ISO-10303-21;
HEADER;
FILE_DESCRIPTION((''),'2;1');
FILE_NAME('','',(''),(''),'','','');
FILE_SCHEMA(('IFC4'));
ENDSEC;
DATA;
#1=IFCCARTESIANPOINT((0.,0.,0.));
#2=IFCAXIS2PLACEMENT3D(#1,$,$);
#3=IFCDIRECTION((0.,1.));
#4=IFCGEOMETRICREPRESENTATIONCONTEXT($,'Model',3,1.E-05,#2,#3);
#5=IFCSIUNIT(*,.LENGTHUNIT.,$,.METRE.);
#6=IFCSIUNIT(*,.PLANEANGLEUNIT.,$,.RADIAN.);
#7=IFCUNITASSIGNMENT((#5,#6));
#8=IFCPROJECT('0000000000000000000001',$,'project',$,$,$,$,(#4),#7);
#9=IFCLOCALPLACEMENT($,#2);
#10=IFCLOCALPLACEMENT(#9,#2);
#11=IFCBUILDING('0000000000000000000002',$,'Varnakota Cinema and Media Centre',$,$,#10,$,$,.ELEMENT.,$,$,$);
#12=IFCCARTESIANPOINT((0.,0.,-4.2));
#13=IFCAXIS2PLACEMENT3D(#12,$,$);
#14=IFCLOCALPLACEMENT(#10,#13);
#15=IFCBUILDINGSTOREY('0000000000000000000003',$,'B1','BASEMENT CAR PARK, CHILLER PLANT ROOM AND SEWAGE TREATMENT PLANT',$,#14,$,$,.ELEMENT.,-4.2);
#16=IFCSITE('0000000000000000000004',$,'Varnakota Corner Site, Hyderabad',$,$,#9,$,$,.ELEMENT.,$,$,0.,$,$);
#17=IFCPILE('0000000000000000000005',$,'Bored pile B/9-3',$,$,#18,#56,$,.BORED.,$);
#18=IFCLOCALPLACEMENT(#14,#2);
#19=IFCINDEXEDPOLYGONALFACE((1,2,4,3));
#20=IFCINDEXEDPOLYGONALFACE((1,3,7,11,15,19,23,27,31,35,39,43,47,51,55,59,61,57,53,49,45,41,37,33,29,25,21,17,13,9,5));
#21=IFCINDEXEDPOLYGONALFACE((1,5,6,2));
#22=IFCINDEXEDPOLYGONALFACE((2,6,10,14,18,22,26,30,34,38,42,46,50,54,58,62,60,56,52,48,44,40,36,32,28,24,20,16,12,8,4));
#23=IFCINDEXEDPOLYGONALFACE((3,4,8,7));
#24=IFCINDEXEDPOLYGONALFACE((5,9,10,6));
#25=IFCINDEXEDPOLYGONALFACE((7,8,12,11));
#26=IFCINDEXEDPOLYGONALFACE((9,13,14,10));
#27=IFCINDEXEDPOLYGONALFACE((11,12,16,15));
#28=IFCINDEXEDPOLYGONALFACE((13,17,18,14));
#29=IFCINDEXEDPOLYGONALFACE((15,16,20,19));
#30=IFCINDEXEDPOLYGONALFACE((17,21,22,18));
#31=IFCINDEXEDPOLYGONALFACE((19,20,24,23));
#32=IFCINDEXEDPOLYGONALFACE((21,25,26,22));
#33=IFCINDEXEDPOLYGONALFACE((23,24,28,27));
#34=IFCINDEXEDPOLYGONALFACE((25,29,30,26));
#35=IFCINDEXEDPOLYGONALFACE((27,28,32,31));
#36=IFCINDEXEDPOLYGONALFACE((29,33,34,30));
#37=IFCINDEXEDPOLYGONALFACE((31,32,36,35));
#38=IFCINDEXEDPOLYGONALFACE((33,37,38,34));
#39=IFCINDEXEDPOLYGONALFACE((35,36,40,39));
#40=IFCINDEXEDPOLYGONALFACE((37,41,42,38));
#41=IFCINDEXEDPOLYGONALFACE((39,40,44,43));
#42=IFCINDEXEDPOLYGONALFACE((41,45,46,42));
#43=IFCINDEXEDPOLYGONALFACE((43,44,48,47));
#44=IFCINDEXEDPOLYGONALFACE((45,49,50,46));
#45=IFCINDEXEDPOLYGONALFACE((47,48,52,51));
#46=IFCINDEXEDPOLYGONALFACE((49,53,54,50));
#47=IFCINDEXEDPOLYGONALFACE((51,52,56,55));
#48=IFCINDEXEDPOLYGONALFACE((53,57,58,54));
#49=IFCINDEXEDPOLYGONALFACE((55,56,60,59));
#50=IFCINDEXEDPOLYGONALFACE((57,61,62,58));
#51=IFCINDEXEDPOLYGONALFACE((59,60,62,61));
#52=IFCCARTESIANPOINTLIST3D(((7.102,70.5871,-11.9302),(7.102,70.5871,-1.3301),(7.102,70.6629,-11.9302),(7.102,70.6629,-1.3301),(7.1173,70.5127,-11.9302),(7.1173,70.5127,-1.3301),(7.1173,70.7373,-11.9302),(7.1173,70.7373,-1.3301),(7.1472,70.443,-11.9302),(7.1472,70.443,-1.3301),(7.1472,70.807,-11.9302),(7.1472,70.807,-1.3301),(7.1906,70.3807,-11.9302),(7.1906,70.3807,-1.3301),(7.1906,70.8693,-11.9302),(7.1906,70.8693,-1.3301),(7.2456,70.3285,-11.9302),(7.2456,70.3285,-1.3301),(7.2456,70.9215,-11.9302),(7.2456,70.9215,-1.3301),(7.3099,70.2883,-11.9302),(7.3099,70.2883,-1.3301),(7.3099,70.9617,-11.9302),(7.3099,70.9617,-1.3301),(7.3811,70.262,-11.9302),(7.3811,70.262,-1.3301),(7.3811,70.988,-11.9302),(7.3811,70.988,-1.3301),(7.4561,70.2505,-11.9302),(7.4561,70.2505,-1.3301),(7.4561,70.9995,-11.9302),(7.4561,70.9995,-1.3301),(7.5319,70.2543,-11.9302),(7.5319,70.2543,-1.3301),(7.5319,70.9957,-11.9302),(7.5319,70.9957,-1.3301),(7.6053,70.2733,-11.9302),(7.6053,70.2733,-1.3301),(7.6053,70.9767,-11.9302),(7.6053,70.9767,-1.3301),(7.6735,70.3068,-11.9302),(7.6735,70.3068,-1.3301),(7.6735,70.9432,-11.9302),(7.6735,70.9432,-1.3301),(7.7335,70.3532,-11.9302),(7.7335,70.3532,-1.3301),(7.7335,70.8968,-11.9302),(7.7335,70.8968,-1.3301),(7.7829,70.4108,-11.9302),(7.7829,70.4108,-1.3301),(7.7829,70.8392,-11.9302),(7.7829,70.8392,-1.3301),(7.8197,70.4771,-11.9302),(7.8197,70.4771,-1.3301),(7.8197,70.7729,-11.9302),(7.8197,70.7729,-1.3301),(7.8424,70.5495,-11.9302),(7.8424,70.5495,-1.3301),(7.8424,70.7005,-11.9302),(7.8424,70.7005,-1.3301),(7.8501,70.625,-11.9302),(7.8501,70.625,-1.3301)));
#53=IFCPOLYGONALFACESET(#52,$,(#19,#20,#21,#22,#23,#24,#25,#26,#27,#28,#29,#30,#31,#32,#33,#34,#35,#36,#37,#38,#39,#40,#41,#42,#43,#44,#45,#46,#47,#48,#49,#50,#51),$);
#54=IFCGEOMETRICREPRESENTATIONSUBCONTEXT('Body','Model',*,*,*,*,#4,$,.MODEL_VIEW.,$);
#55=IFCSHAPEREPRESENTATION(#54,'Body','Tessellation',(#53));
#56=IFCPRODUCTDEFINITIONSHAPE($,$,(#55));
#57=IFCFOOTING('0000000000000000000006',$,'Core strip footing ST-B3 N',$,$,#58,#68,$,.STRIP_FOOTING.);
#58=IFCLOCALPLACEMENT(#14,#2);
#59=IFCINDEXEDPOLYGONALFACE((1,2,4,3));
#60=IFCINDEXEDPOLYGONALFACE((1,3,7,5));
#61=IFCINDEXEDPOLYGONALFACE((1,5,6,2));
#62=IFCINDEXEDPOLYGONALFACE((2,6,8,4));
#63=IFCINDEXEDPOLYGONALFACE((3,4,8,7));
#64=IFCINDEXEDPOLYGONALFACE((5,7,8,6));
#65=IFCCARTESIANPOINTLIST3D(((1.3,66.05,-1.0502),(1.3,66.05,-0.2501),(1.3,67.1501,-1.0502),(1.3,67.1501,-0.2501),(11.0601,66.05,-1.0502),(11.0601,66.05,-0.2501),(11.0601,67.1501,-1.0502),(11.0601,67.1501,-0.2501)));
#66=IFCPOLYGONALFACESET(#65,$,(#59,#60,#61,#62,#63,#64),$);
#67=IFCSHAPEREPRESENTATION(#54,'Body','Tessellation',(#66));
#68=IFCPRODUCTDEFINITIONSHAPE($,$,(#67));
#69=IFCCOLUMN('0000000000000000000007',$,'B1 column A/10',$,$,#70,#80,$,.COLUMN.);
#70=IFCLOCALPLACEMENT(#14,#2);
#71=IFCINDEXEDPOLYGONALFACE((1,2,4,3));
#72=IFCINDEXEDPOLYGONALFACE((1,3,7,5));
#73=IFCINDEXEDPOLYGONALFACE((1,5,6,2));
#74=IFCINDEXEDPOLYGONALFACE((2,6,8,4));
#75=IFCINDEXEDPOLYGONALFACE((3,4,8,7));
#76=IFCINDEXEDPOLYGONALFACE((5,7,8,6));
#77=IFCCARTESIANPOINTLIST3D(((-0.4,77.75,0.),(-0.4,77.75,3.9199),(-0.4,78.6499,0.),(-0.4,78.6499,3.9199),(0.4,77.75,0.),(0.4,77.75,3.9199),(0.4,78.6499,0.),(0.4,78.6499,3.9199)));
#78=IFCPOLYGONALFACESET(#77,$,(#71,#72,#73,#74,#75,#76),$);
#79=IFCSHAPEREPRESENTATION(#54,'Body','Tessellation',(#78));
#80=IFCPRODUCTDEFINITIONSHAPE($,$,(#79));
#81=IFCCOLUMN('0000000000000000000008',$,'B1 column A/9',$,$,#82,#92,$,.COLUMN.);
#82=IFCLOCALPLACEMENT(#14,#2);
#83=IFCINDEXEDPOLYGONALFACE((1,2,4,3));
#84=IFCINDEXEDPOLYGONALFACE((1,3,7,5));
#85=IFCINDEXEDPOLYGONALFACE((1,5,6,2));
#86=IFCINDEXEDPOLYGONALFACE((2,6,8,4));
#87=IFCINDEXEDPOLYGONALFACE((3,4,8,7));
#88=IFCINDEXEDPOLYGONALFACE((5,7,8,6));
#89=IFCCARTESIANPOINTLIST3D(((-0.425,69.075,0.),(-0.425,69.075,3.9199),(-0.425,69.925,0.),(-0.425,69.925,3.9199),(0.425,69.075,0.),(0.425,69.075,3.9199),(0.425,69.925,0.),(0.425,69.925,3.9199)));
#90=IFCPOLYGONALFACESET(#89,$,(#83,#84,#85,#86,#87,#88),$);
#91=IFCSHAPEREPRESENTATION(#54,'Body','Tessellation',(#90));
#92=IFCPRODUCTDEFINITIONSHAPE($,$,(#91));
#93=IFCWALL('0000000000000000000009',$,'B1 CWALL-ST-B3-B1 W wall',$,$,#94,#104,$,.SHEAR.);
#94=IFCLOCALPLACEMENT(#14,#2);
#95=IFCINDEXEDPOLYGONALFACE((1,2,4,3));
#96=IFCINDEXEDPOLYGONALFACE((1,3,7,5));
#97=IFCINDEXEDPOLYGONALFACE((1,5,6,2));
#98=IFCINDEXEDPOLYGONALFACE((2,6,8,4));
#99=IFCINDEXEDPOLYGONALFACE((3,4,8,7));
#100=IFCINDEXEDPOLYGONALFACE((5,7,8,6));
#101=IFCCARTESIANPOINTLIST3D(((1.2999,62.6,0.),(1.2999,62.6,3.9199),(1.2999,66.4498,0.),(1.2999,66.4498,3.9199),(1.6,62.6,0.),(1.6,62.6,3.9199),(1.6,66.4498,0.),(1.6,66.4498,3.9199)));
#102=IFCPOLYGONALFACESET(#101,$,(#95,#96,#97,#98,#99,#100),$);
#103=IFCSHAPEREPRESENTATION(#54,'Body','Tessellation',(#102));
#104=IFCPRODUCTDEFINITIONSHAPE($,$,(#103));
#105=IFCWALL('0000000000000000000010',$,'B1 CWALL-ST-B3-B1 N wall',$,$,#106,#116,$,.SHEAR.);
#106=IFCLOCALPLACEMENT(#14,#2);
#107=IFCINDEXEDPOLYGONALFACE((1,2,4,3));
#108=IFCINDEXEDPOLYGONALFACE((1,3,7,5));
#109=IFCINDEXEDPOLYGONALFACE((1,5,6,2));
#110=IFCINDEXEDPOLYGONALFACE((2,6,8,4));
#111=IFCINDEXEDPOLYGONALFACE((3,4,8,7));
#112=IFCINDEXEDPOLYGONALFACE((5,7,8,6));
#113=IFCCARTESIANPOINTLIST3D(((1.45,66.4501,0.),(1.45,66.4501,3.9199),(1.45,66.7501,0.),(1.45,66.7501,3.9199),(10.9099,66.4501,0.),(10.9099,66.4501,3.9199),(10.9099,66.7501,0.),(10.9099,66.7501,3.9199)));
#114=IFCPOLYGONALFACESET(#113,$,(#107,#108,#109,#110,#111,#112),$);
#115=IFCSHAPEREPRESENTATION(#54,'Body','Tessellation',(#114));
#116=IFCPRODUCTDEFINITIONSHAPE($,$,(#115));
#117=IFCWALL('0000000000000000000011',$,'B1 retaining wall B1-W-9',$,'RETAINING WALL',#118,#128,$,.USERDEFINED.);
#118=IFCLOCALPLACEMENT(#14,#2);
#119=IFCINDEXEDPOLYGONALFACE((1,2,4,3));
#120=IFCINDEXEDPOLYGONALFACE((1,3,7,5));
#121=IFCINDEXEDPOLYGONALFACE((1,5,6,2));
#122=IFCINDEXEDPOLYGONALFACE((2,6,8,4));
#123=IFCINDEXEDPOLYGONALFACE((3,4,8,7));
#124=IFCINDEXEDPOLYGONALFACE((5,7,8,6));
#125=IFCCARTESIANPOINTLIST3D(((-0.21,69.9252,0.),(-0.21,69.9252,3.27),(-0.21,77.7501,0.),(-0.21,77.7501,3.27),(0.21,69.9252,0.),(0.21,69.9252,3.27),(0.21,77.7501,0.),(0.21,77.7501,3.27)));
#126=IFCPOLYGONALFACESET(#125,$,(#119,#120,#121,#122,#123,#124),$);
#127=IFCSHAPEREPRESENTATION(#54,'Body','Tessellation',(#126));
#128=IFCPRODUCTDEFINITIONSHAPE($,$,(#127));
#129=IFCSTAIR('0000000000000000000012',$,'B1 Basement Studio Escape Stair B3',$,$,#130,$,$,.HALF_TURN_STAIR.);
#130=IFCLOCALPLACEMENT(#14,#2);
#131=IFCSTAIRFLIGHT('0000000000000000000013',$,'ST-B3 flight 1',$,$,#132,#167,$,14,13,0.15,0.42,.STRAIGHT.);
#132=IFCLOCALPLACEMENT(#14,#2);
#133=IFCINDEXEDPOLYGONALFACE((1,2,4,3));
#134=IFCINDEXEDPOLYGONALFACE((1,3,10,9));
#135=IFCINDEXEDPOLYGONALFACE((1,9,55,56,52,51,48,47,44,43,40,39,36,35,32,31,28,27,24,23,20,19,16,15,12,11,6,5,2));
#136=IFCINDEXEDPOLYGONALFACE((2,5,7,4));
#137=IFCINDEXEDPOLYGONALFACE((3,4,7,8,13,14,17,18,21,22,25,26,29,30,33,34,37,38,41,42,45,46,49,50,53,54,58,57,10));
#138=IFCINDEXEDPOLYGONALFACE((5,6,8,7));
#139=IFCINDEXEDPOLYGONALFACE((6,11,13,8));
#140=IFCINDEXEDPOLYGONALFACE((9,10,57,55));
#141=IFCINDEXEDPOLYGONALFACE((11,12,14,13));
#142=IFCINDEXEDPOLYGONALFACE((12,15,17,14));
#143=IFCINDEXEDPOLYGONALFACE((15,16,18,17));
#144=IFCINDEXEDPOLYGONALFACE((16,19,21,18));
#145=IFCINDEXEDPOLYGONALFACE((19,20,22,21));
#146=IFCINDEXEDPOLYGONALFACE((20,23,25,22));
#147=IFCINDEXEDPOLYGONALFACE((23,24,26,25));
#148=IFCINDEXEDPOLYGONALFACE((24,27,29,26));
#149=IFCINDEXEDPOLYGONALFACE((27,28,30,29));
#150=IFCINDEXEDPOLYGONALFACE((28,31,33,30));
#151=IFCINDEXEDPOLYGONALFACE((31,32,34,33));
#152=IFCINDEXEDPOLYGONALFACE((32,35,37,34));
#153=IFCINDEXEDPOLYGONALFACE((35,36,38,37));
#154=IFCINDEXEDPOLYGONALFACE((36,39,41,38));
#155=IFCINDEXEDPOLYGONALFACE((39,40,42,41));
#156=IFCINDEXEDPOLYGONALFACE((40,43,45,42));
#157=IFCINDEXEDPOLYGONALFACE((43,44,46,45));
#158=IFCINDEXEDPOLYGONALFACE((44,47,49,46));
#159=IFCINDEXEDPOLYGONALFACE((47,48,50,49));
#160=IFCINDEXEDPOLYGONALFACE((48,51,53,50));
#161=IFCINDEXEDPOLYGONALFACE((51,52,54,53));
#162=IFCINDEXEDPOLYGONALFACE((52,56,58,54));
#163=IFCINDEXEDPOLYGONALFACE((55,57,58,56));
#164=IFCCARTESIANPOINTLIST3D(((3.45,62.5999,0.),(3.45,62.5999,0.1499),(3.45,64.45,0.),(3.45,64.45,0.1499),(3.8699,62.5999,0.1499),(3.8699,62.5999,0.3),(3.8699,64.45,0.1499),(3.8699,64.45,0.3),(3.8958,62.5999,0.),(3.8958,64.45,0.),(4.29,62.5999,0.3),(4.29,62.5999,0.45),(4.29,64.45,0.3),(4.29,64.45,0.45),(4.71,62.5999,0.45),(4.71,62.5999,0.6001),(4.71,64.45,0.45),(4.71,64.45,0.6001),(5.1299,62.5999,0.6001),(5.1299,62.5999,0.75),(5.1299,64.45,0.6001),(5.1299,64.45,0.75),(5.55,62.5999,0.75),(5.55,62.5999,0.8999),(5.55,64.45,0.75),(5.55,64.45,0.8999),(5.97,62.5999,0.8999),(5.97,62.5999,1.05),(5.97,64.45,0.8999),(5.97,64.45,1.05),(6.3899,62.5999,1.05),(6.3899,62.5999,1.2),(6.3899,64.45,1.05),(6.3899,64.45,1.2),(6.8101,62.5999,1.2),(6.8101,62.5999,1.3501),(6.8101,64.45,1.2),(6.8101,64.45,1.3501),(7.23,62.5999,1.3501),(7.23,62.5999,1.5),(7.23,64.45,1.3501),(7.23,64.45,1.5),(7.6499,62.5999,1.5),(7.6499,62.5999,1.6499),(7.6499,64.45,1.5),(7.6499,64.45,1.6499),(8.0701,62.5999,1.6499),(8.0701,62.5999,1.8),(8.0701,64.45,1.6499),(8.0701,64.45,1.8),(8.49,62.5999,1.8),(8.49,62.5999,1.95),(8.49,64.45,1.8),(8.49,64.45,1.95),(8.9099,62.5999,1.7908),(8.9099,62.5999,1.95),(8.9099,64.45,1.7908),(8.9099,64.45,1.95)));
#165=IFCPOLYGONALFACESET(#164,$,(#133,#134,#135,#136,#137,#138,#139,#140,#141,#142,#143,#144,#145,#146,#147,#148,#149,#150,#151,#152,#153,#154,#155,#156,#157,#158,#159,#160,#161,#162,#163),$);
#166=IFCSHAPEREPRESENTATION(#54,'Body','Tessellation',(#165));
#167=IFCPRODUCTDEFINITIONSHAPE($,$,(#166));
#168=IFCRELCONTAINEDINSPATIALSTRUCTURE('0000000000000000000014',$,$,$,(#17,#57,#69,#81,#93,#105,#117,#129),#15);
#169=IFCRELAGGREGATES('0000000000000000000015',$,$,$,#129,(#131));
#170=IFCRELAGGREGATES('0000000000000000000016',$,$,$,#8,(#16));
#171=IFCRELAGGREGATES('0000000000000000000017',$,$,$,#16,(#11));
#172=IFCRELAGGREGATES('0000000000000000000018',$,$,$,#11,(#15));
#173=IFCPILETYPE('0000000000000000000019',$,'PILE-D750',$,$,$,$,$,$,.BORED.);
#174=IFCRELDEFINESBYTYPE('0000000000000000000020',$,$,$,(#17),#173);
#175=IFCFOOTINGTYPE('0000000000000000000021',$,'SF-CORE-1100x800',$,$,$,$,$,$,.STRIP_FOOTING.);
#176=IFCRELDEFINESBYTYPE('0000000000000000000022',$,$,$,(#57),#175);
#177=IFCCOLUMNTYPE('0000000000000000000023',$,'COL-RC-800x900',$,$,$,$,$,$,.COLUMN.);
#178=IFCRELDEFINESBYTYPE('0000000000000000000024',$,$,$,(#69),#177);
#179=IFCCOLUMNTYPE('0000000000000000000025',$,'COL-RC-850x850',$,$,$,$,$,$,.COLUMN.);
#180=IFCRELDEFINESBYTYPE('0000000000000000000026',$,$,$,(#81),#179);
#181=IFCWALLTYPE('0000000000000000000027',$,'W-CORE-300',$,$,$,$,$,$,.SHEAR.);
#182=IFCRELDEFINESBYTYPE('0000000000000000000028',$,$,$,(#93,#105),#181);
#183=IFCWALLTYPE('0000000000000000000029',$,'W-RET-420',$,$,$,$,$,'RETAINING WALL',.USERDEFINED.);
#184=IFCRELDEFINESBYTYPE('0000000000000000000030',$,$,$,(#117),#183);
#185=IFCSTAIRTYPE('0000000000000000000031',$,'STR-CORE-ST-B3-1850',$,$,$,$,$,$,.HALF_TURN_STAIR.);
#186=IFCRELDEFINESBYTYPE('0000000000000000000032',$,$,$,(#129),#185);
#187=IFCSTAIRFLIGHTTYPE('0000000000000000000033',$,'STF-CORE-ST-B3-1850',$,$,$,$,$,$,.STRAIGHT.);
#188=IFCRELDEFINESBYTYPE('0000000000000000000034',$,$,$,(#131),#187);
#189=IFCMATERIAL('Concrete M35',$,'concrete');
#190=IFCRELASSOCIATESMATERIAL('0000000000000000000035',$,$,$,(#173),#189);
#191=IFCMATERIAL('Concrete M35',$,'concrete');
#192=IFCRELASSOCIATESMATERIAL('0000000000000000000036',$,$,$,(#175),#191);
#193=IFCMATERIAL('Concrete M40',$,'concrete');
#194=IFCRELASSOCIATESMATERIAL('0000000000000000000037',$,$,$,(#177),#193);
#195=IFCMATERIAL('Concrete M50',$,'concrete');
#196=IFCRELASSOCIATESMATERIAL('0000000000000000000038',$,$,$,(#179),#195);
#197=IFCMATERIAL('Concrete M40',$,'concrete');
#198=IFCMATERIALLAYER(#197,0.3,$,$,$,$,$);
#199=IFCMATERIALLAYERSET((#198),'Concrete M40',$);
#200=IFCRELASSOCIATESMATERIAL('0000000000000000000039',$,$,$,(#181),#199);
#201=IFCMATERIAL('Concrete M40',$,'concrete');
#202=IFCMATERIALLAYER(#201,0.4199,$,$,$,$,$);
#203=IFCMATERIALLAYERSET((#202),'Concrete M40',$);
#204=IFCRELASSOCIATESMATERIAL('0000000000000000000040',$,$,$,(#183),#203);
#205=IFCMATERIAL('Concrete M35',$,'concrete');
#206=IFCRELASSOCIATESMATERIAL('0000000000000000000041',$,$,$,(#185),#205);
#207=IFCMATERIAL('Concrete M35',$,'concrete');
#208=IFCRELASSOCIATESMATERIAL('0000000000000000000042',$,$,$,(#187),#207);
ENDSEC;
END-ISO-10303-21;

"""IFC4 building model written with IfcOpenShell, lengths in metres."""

from ifc_helpers import new_model, si_unit, direction, frame, frame_2d, origin, origin_2d, place, context, subcontext, project, spatial, polyline, rectangle, circle, outline, extrude, material, layer, layer_set, material_profile, profile_set, type_object, element, aggregate, save


model = new_model("IFC4")

# Units and contexts
model_context = context("Model", 3, precision=1e-05, world=origin(), true_north=direction((0.0, 1.0)))
body_context = subcontext(model_context, "Body", "Model", "MODEL_VIEW")
ifc_project = project(units=[si_unit("LENGTHUNIT", "METRE"), si_unit("PLANEANGLEUNIT", "RADIAN")], contexts=[model_context])

# Site, building, storey
site_placement = place(None, origin())
site = spatial("IfcSite", under=ifc_project, at=site_placement, Name="Varnakota Corner Site, Hyderabad", CompositionType="ELEMENT", RefElevation=0.0)
building_placement = place(site_placement, origin())
building = spatial("IfcBuilding", under=site, at=building_placement, Name="Varnakota Cinema and Media Centre", CompositionType="ELEMENT")
storey_placement = place(building_placement, frame((0.0, 0.0, -4.2)))
storey = spatial("IfcBuildingStorey", under=building, at=storey_placement, Name="B1", Description="BASEMENT CAR PARK, CHILLER PLANT ROOM AND SEWAGE TREATMENT PLANT", CompositionType="ELEMENT", Elevation=-4.2)

# Pile
ifc_material_1 = material(Name="Concrete M35", Category="concrete")
ifc_material_profile_1 = material_profile(ifc_material_1, circle(Radius=0.375, at=origin_2d()), Name="PILE D750")
ifc_profile_set_1 = profile_set([ifc_material_profile_1], Name="Concrete M35")
pile_type_1 = type_object("IfcPileType", Name="PILE-D750", PredefinedType="BORED", material=ifc_profile_set_1)
for number, where, z_axis, x_axis, name in (
    (1, (7.4751, 70.625, -1.3301), (0.0, 0.0, -1.0), (1.0, 0.0, 0.0), "Bored pile B/9-3"),
):
    element("IfcPile", number, at=place(storey_placement, frame(where, z_axis=z_axis, x_axis=x_axis)), inside=storey, type_object=pile_type_1, Name=name, PredefinedType="BORED", context=body_context, shape_type="SweptSolid", body=[
        extrude(circle(Radius=0.375, at=origin_2d()), origin(), (0.0, 0.0, 1.0), 10.6001),
    ])

# Footing
ifc_material_2 = material(Name="Concrete M35", Category="concrete")
ifc_material_profile_2 = material_profile(ifc_material_2, rectangle(XDim=1.1001, YDim=0.8, at=origin_2d()), Name="SF 1100x800")
ifc_profile_set_2 = profile_set([ifc_material_profile_2], Name="Concrete M35")
footing_type_1 = type_object("IfcFootingType", Name="SF-CORE-1100x800", PredefinedType="STRIP_FOOTING", material=ifc_profile_set_2)
footing_1_placement = place(storey_placement, frame((1.3, 66.6001, -0.6501), z_axis=(1.0, 0.0, 0.0), x_axis=(0.0, 1.0, 0.0)))
element("IfcFooting", 2, at=footing_1_placement, inside=storey, type_object=footing_type_1, Name="Core strip footing ST-B3 N", PredefinedType="STRIP_FOOTING", context=body_context, shape_type="SweptSolid", body=[
    extrude(rectangle(XDim=1.1001, YDim=0.8, at=origin_2d()), origin(), (0.0, 0.0, 1.0), 9.76),
])

# Columns
ifc_material_3 = material(Name="Concrete M40", Category="concrete")
ifc_material_profile_3 = material_profile(ifc_material_3, rectangle(XDim=0.8, YDim=0.8999, at=origin_2d()), Name="RC 800x900")
ifc_profile_set_3 = profile_set([ifc_material_profile_3], Name="Concrete M40")
column_type_1 = type_object("IfcColumnType", Name="COL-RC-800x900", PredefinedType="COLUMN", material=ifc_profile_set_3)
column_1_placement = place(storey_placement, frame((0.0, 78.2, 0.0), z_axis=(0.0, 0.0, 1.0), x_axis=(1.0, 0.0, 0.0)))
element("IfcColumn", 3, at=column_1_placement, inside=storey, type_object=column_type_1, Name="B1 column A/10", PredefinedType="COLUMN", context=body_context, shape_type="SweptSolid", body=[
    extrude(rectangle(XDim=0.8, YDim=0.8999, at=origin_2d()), origin(), (0.0, 0.0, 1.0), 3.9199),
])
ifc_material_4 = material(Name="Concrete M50", Category="concrete")
ifc_material_profile_4 = material_profile(ifc_material_4, rectangle(XDim=0.8501, YDim=0.8501, at=origin_2d()), Name="RC 850x850")
ifc_profile_set_4 = profile_set([ifc_material_profile_4], Name="Concrete M50")
column_type_2 = type_object("IfcColumnType", Name="COL-RC-850x850", PredefinedType="COLUMN", material=ifc_profile_set_4)
column_2_placement = place(storey_placement, frame((0.0, 69.5, 0.0), z_axis=(0.0, 0.0, 1.0), x_axis=(1.0, 0.0, 0.0)))
element("IfcColumn", 4, at=column_2_placement, inside=storey, type_object=column_type_2, Name="B1 column A/9", PredefinedType="COLUMN", context=body_context, shape_type="SweptSolid", body=[
    extrude(rectangle(XDim=0.8501, YDim=0.8501, at=origin_2d()), origin(), (0.0, 0.0, 1.0), 3.9199),
])

# Walls
ifc_material_5 = material(Name="Concrete M40", Category="concrete")
ifc_layer_1 = layer(ifc_material_5, 0.3)
ifc_layer_set_1 = layer_set([ifc_layer_1], Name="Concrete M40")
wall_type_1 = type_object("IfcWallType", Name="W-CORE-300", PredefinedType="SHEAR", material=ifc_layer_set_1)
wall_1_placement = place(storey_placement, frame((1.45, 62.6001, 0.0), z_axis=(0.0, 0.0, 1.0), x_axis=(0.0, 1.0, 0.0)))
element("IfcWall", 5, at=wall_1_placement, inside=storey, type_object=wall_type_1, Name="B1 CWALL-ST-B3-B1 W wall", PredefinedType="SHEAR", context=body_context, shape_type="SweptSolid", body=[
    extrude(rectangle(XDim=3.8499, YDim=0.3, at=frame_2d((1.9248, 0.0))), origin(), (0.0, 0.0, 1.0), 3.9199),
])
wall_2_placement = place(storey_placement, frame((1.45, 66.6001, 0.0), z_axis=(0.0, 0.0, 1.0), x_axis=(1.0, 0.0, 0.0)))
element("IfcWall", 6, at=wall_2_placement, inside=storey, type_object=wall_type_1, Name="B1 CWALL-ST-B3-B1 N wall", PredefinedType="SHEAR", context=body_context, shape_type="SweptSolid", body=[
    extrude(rectangle(XDim=9.46, YDim=0.3, at=frame_2d((4.73, 0.0))), origin(), (0.0, 0.0, 1.0), 3.9199),
])
ifc_material_6 = material(Name="Concrete M40", Category="concrete")
ifc_layer_2 = layer(ifc_material_6, 0.4199)
ifc_layer_set_2 = layer_set([ifc_layer_2], Name="Concrete M40")
wall_type_2 = type_object("IfcWallType", Name="W-RET-420", ElementType="RETAINING WALL", PredefinedType="USERDEFINED", material=ifc_layer_set_2)
wall_3_placement = place(storey_placement, frame((0.0, 69.925, 0.0), z_axis=(0.0, 0.0, 1.0), x_axis=(0.0, 1.0, 0.0)))
element("IfcWall", 7, at=wall_3_placement, inside=storey, type_object=wall_type_2, Name="B1 retaining wall B1-W-9", ObjectType="RETAINING WALL", PredefinedType="USERDEFINED", context=body_context, shape_type="SweptSolid", body=[
    extrude(rectangle(XDim=7.825, YDim=0.4199, at=frame_2d((3.9126, 0.0))), origin(), (0.0, 0.0, 1.0), 3.27),
])

# Stair, stair flight
ifc_material_7 = material(Name="Concrete M35", Category="concrete")
stair_type = type_object("IfcStairType", Name="STR-CORE-ST-B3-1850", PredefinedType="HALF_TURN_STAIR", material=ifc_material_7)
stair_placement = place(storey_placement, origin())
stair = element("IfcStair", 8, at=stair_placement, inside=storey, type_object=stair_type, Name="B1 Basement Studio Escape Stair B3", PredefinedType="HALF_TURN_STAIR")
ifc_material_8 = material(Name="Concrete M35", Category="concrete")
stair_flight_type = type_object("IfcStairFlightType", Name="STF-CORE-ST-B3-1850", PredefinedType="STRAIGHT", material=ifc_material_8)
stair_flight_placement = place(storey_placement, frame((3.45, 63.5249, 0.0), z_axis=(0.0, 0.0, 1.0), x_axis=(1.0, 0.0, 0.0)))
stair_flight = element("IfcStairFlight", 9, at=stair_flight_placement, type_object=stair_flight_type, Name="ST-B3 flight 1", NumberOfRisers=14, NumberOfTreads=13, PredefinedType="STRAIGHT", RiserHeight=0.15, TreadLength=0.42, context=body_context, shape_type="SweptSolid", body=[
    extrude(outline(polyline([(0.0, 0.0), (0.0, 0.1499), (0.4199, 0.1499), (0.4199, 0.3), (0.8401, 0.3), (0.8401, 0.45), (1.26, 0.45), (1.26, 0.6001), (1.6799, 0.6001), (1.6799, 0.75), (2.1001, 0.75), (2.1001, 0.8999), (2.52, 0.8999), (2.52, 1.05), (2.9399, 1.05), (2.9399, 1.2), (3.3601, 1.2), (3.3601, 1.3501), (3.78, 1.3501), (3.78, 1.5), (4.2, 1.5), (4.2, 1.6499), (4.6201, 1.6499), (4.6201, 1.8), (5.04, 1.8), (5.04, 1.95), (5.46, 1.95), (5.46, 2.1001), (5.46, 1.7908), (0.4458, 0.0), (0.0, 0.0)])), frame((0.0, 0.925, 0.0), z_axis=(0.0, -1.0, 0.0), x_axis=(1.0, 0.0, 0.0)), (0.0, 0.0, 1.0), 1.8501),
])
aggregate(stair, [stair_flight])

save(model, "model.ifc")
